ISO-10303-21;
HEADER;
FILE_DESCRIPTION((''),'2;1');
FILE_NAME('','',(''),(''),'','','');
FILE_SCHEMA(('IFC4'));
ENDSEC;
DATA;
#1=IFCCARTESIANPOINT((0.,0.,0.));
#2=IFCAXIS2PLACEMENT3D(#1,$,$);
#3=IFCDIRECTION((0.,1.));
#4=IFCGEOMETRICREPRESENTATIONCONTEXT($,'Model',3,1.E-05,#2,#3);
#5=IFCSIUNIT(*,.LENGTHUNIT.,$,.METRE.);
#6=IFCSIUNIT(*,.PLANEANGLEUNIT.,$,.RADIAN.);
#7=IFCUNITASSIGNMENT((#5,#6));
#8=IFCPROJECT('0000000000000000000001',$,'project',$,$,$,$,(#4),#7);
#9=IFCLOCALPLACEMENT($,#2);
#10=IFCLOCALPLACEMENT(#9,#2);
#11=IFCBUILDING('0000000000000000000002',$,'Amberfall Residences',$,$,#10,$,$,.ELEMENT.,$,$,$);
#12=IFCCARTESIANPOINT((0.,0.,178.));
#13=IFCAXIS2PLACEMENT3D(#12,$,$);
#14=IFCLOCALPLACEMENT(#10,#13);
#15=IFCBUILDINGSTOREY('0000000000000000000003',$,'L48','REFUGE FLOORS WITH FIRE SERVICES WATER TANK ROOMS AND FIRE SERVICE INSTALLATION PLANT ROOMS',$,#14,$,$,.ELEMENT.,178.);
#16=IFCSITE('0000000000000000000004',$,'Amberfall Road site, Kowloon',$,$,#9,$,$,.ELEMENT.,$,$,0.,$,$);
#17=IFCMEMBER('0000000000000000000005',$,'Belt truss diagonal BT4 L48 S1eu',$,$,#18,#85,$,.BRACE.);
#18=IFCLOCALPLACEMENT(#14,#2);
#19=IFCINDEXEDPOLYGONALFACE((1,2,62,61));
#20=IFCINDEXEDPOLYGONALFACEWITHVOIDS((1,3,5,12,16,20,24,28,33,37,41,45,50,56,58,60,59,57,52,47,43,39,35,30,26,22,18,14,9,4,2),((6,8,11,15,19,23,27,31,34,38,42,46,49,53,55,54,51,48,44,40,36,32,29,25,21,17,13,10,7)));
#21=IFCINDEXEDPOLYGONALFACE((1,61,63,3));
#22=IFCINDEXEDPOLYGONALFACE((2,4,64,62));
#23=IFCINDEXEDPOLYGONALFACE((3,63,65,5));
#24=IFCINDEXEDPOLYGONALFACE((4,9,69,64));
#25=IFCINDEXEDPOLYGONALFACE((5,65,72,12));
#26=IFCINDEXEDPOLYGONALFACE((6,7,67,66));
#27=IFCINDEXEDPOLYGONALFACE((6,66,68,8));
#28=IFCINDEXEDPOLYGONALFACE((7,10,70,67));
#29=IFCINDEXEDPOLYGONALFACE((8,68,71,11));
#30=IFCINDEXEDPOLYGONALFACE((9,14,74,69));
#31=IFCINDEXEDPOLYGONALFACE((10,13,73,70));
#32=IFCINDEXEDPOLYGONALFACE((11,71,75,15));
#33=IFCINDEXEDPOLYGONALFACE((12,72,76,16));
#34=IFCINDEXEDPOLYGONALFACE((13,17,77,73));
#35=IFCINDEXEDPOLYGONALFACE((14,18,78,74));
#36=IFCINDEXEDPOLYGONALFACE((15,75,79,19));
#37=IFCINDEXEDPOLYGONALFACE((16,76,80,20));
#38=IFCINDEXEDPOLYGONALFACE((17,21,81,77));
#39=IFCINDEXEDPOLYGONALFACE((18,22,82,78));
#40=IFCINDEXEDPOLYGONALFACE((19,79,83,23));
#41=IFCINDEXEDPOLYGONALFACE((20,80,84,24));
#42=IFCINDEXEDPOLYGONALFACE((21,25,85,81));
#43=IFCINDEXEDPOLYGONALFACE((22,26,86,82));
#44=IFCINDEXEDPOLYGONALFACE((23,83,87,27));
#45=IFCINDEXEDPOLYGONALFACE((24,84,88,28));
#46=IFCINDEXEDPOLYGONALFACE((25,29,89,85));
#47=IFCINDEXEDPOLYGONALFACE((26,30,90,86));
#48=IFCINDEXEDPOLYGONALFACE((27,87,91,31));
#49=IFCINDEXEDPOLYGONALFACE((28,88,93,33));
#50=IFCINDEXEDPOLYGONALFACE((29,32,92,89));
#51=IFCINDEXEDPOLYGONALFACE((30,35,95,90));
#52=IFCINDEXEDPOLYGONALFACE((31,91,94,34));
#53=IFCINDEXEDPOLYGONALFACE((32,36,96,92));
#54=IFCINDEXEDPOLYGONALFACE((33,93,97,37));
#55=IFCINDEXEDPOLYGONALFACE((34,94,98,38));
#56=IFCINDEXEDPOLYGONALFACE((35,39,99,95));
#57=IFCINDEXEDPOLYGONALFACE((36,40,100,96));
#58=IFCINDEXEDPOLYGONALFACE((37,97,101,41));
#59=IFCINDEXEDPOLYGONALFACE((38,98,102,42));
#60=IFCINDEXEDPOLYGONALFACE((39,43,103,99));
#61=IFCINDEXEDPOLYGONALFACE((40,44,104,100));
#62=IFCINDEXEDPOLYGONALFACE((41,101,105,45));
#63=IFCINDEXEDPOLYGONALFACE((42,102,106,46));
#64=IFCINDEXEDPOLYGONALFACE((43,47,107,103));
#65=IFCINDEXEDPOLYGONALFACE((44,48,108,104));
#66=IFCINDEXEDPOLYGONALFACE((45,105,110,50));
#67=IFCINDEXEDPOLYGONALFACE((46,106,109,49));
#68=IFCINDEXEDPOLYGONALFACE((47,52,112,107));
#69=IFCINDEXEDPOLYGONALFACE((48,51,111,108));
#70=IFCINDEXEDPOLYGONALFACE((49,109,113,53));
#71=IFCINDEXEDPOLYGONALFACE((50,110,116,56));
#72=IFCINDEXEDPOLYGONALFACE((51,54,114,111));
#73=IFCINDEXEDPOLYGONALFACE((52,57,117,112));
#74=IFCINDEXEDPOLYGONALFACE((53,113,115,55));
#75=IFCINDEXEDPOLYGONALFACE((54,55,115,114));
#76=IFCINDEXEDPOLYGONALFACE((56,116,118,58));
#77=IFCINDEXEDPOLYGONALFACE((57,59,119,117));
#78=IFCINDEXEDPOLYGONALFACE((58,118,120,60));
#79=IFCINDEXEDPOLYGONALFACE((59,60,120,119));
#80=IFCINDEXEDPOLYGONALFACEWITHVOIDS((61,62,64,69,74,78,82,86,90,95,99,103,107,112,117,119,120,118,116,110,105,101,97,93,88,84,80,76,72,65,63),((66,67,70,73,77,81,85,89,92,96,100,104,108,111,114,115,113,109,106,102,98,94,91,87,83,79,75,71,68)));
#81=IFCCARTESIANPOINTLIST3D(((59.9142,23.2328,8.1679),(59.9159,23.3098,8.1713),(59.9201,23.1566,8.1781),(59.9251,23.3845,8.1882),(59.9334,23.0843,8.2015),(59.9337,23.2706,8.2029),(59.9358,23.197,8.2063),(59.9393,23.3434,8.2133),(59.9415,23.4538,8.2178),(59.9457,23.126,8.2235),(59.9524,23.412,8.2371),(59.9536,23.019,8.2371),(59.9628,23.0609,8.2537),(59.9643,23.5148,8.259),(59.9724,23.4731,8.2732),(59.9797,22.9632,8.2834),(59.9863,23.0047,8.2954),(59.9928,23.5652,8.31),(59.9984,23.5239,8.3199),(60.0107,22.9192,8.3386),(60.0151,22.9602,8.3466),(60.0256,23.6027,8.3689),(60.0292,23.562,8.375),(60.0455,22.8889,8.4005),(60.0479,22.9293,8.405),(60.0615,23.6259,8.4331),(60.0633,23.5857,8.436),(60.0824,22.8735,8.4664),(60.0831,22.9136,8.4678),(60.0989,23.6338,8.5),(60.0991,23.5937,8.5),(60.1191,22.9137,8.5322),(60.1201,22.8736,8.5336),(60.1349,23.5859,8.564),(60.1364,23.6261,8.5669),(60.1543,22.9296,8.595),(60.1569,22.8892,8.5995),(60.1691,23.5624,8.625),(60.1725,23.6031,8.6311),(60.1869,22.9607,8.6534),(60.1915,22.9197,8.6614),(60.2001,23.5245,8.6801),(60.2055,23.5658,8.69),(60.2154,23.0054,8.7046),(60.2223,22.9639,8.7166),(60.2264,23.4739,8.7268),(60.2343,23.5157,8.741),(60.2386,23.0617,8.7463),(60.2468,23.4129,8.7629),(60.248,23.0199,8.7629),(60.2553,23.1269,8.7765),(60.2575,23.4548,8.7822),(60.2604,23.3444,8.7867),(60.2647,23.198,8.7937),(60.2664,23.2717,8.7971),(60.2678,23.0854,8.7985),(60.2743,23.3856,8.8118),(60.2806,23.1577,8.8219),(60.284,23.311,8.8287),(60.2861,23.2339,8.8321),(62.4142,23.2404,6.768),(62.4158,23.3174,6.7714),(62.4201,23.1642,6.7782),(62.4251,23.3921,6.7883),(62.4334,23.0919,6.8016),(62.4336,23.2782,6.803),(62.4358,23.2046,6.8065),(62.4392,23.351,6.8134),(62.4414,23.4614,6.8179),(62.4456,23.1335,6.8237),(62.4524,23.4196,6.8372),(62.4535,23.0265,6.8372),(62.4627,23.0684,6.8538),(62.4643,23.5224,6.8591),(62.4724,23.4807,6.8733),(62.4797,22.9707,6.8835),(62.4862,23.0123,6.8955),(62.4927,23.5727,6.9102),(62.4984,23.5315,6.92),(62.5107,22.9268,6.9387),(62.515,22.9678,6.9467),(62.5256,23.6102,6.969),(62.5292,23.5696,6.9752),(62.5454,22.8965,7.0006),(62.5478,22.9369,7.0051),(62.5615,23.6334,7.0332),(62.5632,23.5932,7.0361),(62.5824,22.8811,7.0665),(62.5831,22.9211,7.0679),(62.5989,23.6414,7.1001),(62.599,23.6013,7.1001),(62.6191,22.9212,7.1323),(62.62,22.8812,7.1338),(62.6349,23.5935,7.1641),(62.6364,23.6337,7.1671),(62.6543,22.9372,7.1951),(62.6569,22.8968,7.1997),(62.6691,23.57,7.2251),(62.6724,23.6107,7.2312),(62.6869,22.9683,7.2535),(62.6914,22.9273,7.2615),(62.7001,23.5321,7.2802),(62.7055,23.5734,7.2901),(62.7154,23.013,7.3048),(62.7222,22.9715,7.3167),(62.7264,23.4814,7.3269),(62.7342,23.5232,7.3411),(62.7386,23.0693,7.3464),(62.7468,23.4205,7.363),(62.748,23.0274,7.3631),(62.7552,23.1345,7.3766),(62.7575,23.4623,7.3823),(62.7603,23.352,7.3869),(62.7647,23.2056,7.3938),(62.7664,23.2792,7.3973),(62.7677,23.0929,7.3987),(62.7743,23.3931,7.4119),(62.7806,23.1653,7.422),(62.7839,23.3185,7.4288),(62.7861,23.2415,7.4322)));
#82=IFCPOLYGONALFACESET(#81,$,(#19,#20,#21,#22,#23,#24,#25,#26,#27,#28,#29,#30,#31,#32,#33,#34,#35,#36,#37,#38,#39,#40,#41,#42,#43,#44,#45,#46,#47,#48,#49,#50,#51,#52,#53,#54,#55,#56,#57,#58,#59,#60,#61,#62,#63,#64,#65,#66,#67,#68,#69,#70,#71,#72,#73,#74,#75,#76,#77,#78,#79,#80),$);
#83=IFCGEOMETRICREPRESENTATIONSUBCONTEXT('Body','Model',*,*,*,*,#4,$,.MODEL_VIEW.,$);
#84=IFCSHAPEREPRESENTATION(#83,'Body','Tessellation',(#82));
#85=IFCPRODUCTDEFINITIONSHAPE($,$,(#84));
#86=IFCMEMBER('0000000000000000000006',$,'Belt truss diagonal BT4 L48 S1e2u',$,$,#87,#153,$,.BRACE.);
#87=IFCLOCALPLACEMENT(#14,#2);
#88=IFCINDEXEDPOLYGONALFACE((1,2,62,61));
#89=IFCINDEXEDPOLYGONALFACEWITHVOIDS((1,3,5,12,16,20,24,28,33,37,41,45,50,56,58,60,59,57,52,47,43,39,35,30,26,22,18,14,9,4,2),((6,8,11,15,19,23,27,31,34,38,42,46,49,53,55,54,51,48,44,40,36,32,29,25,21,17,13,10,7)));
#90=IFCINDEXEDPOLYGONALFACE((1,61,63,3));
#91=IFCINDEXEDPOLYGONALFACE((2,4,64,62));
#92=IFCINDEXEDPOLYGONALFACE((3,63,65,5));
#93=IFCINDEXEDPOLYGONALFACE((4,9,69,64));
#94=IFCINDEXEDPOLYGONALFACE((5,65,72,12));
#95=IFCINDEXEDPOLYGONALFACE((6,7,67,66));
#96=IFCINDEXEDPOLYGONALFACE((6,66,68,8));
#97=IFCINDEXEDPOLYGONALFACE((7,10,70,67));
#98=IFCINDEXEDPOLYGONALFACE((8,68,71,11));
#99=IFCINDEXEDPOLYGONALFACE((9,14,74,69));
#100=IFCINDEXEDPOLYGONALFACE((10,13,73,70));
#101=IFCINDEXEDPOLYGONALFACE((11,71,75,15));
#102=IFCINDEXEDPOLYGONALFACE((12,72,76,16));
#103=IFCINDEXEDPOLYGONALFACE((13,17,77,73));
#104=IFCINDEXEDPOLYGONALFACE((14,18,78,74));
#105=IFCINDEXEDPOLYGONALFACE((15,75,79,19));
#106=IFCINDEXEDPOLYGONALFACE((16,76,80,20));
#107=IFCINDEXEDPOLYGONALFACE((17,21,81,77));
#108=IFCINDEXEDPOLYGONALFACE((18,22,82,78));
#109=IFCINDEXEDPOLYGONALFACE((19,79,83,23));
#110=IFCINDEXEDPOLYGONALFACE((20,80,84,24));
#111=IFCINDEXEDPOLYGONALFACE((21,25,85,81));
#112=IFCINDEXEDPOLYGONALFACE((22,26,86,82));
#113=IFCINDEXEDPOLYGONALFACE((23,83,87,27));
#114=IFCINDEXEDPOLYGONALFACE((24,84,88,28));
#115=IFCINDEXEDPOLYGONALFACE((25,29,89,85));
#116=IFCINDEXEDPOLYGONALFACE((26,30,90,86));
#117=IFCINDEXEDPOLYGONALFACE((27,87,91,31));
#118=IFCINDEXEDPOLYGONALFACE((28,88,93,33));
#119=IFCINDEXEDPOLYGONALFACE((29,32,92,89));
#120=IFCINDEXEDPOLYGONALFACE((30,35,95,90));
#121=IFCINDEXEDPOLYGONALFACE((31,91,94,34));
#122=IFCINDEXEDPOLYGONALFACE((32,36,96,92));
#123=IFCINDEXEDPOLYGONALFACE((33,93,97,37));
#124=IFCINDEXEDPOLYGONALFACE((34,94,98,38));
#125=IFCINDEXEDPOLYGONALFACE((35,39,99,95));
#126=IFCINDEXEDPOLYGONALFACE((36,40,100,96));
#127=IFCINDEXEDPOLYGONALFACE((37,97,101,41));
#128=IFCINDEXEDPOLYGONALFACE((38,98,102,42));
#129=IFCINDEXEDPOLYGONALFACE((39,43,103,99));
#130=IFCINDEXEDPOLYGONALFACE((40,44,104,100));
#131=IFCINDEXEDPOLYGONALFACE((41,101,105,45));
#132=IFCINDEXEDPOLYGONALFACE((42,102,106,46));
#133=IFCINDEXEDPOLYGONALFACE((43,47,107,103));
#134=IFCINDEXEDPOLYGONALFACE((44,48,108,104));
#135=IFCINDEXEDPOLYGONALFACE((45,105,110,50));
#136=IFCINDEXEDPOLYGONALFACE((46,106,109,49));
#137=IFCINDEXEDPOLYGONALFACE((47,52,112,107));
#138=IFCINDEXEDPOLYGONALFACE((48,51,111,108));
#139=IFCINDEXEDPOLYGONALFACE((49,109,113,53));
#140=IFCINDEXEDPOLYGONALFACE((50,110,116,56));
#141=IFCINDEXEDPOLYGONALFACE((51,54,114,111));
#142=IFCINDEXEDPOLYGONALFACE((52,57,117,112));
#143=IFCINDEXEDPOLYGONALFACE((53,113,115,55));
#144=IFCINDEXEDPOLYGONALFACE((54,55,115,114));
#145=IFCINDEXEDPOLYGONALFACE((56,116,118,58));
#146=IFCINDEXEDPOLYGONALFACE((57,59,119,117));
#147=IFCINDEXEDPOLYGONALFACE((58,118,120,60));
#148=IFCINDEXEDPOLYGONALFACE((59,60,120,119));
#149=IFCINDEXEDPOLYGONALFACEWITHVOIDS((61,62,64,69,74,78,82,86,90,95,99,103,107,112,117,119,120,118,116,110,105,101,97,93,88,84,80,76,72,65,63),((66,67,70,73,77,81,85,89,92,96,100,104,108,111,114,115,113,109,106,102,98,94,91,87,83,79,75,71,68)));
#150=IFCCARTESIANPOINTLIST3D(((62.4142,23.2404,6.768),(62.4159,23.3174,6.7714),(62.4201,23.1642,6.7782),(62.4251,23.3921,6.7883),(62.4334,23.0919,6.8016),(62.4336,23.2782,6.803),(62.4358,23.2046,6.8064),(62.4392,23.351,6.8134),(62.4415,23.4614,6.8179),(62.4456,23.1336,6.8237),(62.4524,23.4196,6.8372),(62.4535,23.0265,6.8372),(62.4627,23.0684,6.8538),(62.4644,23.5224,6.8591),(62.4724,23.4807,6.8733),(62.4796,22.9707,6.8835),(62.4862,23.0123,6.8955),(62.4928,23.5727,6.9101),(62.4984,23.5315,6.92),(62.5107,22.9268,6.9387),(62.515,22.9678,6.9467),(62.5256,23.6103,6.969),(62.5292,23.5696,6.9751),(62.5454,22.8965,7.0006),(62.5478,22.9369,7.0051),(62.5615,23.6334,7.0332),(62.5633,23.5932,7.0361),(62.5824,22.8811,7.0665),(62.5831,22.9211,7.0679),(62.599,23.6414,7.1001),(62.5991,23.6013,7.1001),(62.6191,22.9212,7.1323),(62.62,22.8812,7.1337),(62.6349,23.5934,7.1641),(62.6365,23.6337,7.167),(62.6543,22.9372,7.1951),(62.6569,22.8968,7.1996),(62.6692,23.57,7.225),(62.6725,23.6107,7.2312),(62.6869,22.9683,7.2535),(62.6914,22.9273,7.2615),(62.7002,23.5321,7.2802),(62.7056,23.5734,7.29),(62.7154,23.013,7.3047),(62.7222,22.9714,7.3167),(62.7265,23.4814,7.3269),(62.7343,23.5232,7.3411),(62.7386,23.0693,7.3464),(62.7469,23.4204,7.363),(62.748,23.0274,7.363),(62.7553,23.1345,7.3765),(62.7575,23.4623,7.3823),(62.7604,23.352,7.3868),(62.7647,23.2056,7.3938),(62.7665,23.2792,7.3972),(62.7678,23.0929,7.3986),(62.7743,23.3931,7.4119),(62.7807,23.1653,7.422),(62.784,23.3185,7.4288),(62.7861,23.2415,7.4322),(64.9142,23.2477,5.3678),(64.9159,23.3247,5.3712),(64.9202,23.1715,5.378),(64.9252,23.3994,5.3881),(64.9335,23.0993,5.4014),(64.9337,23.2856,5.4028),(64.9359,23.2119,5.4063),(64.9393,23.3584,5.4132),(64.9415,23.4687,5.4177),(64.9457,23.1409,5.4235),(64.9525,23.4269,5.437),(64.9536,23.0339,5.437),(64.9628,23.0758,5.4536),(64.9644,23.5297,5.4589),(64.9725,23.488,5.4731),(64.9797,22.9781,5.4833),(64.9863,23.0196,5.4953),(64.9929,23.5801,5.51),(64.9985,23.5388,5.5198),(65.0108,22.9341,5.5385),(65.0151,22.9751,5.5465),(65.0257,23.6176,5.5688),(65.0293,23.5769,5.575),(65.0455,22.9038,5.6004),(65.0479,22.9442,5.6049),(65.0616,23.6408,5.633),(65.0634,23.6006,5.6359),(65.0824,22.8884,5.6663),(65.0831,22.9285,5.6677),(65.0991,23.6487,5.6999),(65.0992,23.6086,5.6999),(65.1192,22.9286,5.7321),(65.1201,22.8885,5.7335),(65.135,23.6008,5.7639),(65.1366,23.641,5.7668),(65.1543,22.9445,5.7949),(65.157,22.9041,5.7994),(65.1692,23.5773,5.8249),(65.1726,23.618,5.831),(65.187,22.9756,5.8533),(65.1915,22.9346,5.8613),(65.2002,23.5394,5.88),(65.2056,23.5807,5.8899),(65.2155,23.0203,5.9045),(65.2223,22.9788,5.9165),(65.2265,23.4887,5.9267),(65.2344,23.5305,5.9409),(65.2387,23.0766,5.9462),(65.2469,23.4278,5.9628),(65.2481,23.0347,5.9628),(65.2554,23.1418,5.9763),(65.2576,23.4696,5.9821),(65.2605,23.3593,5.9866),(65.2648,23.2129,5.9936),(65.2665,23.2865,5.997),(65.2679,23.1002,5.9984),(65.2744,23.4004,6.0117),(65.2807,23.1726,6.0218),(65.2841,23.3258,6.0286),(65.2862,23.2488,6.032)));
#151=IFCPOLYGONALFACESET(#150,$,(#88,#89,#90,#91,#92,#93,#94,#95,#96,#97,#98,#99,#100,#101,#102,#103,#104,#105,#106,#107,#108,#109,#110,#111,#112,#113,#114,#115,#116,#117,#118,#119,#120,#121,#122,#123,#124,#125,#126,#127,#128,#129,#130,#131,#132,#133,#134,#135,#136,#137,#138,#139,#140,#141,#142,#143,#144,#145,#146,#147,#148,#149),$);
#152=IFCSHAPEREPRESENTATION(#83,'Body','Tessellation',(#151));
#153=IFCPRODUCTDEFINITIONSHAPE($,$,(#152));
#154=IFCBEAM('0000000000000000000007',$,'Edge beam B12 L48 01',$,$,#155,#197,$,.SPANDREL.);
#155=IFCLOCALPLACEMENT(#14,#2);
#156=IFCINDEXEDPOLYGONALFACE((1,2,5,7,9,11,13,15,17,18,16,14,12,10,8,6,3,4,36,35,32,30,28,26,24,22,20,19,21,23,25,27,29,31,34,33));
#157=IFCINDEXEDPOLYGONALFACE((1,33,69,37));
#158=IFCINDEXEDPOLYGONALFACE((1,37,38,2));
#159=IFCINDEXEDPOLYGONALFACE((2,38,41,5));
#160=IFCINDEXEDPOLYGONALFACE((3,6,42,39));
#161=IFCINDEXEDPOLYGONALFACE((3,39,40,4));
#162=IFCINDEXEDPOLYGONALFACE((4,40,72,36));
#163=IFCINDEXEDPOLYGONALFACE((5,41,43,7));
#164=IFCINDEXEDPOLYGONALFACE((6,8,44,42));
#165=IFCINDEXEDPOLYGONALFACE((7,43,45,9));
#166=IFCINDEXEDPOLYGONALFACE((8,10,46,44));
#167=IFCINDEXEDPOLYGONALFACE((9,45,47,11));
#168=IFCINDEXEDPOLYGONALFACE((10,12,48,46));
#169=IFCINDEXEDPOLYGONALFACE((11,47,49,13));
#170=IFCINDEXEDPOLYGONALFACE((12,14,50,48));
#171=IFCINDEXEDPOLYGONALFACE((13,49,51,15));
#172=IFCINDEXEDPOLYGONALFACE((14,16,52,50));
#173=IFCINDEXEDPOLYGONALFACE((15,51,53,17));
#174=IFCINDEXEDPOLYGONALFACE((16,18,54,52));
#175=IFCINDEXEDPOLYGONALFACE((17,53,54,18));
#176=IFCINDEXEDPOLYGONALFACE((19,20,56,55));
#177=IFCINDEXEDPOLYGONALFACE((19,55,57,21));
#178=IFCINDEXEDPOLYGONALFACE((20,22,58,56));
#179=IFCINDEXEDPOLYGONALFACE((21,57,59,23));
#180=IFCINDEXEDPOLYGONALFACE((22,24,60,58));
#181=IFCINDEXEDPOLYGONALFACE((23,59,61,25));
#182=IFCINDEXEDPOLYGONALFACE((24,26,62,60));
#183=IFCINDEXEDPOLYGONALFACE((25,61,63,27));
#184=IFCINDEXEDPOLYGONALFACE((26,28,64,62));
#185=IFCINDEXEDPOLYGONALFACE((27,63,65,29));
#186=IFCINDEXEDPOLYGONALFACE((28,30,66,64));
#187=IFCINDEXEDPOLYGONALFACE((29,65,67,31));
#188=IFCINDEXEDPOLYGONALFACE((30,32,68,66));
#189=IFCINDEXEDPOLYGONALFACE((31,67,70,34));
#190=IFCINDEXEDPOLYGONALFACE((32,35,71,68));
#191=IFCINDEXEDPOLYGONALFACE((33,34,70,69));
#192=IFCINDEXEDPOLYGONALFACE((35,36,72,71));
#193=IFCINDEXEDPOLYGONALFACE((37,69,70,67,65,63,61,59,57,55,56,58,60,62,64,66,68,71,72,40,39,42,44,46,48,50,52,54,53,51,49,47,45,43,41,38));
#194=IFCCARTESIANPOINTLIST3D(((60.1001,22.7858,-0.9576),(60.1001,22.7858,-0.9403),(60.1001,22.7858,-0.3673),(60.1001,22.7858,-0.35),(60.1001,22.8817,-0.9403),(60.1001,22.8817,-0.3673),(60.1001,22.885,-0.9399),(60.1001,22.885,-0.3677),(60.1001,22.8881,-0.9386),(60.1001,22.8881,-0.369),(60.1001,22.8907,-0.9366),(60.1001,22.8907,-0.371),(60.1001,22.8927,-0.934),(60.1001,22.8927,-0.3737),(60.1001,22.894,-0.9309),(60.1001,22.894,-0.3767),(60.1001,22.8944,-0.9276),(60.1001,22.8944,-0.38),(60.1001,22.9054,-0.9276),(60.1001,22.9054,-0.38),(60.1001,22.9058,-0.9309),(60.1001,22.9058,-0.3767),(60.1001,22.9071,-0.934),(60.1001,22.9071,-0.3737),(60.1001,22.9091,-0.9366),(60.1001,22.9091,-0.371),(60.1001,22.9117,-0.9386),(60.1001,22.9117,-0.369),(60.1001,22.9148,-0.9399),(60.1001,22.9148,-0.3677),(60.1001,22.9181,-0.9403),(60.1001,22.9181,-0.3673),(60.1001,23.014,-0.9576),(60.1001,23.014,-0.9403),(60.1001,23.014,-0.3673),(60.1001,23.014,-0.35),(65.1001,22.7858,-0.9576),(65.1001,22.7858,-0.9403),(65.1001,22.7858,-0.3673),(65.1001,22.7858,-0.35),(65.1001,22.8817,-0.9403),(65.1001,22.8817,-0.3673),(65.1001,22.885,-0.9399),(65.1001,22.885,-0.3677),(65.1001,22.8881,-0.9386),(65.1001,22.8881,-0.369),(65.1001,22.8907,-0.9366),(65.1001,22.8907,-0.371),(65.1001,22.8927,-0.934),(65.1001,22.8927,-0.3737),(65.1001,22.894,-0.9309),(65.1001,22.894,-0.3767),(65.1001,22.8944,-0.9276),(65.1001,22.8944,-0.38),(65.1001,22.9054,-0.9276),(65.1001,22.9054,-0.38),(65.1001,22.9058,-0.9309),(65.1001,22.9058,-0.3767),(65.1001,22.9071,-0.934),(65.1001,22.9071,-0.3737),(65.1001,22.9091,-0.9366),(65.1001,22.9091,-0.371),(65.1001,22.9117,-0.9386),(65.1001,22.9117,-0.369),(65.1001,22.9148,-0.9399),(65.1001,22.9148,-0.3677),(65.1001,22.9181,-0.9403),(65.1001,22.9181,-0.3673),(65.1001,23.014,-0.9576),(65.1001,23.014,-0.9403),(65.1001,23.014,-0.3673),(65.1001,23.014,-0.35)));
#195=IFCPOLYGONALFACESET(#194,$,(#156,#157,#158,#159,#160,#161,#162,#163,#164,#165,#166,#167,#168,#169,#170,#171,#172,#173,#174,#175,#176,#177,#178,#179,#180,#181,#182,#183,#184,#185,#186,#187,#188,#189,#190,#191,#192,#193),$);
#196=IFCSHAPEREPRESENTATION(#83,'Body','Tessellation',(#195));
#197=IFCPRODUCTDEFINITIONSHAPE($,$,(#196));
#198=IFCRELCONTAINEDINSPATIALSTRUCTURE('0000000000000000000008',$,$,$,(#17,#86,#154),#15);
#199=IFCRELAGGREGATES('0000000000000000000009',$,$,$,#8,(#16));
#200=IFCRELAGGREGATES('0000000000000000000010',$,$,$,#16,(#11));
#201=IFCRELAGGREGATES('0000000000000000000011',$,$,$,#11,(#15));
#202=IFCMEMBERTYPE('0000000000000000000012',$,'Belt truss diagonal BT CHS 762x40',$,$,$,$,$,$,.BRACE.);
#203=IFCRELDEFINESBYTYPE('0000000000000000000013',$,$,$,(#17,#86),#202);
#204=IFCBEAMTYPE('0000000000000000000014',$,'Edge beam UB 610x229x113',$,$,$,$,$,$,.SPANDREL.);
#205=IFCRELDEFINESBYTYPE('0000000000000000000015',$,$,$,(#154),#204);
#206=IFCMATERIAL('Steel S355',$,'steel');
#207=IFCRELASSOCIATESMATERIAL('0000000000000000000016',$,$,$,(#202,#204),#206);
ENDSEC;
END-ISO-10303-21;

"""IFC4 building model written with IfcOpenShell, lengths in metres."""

from ifc_helpers import new_model, si_unit, direction, frame, origin, origin_2d, place, context, subcontext, project, spatial, hollow_circle, i_section, extrude, material, material_profile, profile_set, type_object, element, save


model = new_model("IFC4")

# Units and contexts
model_context = context("Model", 3, precision=1e-05, world=origin(), true_north=direction((0.0, 1.0)))
body_context = subcontext(model_context, "Body", "Model", "MODEL_VIEW")
ifc_project = project(units=[si_unit("LENGTHUNIT", "METRE"), si_unit("PLANEANGLEUNIT", "RADIAN")], contexts=[model_context])

# Site, building, storey
site_placement = place(None, origin())
site = spatial("IfcSite", under=ifc_project, at=site_placement, Name="Amberfall Road site, Kowloon", CompositionType="ELEMENT", RefElevation=0.0)
building_placement = place(site_placement, origin())
building = spatial("IfcBuilding", under=site, at=building_placement, Name="Amberfall Residences", CompositionType="ELEMENT")
storey_placement = place(building_placement, frame((0.0, 0.0, 178.0)))
storey = spatial("IfcBuildingStorey", under=building, at=storey_placement, Name="L48", Description="REFUGE FLOORS WITH FIRE SERVICES WATER TANK ROOMS AND FIRE SERVICE INSTALLATION PLANT ROOMS", CompositionType="ELEMENT", Elevation=178.0)

# Shared definitions
ifc_material_1 = material(Name="Steel S355", Category="steel")

# Members
ifc_material_profile_1 = material_profile(ifc_material_1, hollow_circle(Radius=0.3811, WallThickness=0.04, at=origin_2d()), Name="CHS 762x40")
ifc_profile_set_1 = profile_set([ifc_material_profile_1], Name="Steel S355")
member_type = type_object("IfcMemberType", Name="Belt truss diagonal BT CHS 762x40", PredefinedType="BRACE", material=ifc_profile_set_1)
member_1_placement = place(storey_placement, frame((60.1001, 23.2527, 8.5), z_axis=(0.872518, 0.002641, -0.488576), x_axis=(-0.003027, 0.999995, 0.0)))
element("IfcMember", 1, at=member_1_placement, inside=storey, type_object=member_type, Name="Belt truss diagonal BT4 L48 S1eu", PredefinedType="BRACE", context=body_context, shape_type="SweptSolid", body=[
    extrude(hollow_circle(Radius=0.3811, WallThickness=0.04, at=origin_2d()), origin(), (0.0, 0.0, 1.0), 2.8652),
])
member_2_placement = place(storey_placement, frame((62.6001, 23.2603, 7.1001), z_axis=(0.872481, 0.002556, -0.488641), x_axis=(-0.00293, 0.999996, 0.0)))
element("IfcMember", 2, at=member_2_placement, inside=storey, type_object=member_type, Name="Belt truss diagonal BT4 L48 S1e2u", PredefinedType="BRACE", context=body_context, shape_type="SweptSolid", body=[
    extrude(hollow_circle(Radius=0.3811, WallThickness=0.04, at=origin_2d()), origin(), (0.0, 0.0, 1.0), 2.8655),
])

# Beam
ifc_material_profile_2 = material_profile(ifc_material_1, i_section(OverallWidth=0.2283, OverallDepth=0.6077, WebThickness=0.011, FlangeThickness=0.0173, FilletRadius=0.0127, at=origin_2d()), Name="UB 610x229x113")
ifc_profile_set_2 = profile_set([ifc_material_profile_2], Name="Steel S355")
beam_type_1 = type_object("IfcBeamType", Name="Edge beam UB 610x229x113", PredefinedType="SPANDREL", material=ifc_profile_set_2)
beam_1_placement = place(storey_placement, frame((60.1001, 22.8999, -0.6538), z_axis=(1.0, 0.0, 0.0), x_axis=(0.0, 1.0, 0.0)))
element("IfcBeam", 3, at=beam_1_placement, inside=storey, type_object=beam_type_1, Name="Edge beam B12 L48 01", PredefinedType="SPANDREL", context=body_context, shape_type="SweptSolid", body=[
    extrude(i_section(OverallWidth=0.2283, OverallDepth=0.6077, WebThickness=0.011, FlangeThickness=0.0173, FilletRadius=0.0127, at=origin_2d()), origin(), (0.0, 0.0, 1.0), 5.0),
])

save(model, "model.ifc")
